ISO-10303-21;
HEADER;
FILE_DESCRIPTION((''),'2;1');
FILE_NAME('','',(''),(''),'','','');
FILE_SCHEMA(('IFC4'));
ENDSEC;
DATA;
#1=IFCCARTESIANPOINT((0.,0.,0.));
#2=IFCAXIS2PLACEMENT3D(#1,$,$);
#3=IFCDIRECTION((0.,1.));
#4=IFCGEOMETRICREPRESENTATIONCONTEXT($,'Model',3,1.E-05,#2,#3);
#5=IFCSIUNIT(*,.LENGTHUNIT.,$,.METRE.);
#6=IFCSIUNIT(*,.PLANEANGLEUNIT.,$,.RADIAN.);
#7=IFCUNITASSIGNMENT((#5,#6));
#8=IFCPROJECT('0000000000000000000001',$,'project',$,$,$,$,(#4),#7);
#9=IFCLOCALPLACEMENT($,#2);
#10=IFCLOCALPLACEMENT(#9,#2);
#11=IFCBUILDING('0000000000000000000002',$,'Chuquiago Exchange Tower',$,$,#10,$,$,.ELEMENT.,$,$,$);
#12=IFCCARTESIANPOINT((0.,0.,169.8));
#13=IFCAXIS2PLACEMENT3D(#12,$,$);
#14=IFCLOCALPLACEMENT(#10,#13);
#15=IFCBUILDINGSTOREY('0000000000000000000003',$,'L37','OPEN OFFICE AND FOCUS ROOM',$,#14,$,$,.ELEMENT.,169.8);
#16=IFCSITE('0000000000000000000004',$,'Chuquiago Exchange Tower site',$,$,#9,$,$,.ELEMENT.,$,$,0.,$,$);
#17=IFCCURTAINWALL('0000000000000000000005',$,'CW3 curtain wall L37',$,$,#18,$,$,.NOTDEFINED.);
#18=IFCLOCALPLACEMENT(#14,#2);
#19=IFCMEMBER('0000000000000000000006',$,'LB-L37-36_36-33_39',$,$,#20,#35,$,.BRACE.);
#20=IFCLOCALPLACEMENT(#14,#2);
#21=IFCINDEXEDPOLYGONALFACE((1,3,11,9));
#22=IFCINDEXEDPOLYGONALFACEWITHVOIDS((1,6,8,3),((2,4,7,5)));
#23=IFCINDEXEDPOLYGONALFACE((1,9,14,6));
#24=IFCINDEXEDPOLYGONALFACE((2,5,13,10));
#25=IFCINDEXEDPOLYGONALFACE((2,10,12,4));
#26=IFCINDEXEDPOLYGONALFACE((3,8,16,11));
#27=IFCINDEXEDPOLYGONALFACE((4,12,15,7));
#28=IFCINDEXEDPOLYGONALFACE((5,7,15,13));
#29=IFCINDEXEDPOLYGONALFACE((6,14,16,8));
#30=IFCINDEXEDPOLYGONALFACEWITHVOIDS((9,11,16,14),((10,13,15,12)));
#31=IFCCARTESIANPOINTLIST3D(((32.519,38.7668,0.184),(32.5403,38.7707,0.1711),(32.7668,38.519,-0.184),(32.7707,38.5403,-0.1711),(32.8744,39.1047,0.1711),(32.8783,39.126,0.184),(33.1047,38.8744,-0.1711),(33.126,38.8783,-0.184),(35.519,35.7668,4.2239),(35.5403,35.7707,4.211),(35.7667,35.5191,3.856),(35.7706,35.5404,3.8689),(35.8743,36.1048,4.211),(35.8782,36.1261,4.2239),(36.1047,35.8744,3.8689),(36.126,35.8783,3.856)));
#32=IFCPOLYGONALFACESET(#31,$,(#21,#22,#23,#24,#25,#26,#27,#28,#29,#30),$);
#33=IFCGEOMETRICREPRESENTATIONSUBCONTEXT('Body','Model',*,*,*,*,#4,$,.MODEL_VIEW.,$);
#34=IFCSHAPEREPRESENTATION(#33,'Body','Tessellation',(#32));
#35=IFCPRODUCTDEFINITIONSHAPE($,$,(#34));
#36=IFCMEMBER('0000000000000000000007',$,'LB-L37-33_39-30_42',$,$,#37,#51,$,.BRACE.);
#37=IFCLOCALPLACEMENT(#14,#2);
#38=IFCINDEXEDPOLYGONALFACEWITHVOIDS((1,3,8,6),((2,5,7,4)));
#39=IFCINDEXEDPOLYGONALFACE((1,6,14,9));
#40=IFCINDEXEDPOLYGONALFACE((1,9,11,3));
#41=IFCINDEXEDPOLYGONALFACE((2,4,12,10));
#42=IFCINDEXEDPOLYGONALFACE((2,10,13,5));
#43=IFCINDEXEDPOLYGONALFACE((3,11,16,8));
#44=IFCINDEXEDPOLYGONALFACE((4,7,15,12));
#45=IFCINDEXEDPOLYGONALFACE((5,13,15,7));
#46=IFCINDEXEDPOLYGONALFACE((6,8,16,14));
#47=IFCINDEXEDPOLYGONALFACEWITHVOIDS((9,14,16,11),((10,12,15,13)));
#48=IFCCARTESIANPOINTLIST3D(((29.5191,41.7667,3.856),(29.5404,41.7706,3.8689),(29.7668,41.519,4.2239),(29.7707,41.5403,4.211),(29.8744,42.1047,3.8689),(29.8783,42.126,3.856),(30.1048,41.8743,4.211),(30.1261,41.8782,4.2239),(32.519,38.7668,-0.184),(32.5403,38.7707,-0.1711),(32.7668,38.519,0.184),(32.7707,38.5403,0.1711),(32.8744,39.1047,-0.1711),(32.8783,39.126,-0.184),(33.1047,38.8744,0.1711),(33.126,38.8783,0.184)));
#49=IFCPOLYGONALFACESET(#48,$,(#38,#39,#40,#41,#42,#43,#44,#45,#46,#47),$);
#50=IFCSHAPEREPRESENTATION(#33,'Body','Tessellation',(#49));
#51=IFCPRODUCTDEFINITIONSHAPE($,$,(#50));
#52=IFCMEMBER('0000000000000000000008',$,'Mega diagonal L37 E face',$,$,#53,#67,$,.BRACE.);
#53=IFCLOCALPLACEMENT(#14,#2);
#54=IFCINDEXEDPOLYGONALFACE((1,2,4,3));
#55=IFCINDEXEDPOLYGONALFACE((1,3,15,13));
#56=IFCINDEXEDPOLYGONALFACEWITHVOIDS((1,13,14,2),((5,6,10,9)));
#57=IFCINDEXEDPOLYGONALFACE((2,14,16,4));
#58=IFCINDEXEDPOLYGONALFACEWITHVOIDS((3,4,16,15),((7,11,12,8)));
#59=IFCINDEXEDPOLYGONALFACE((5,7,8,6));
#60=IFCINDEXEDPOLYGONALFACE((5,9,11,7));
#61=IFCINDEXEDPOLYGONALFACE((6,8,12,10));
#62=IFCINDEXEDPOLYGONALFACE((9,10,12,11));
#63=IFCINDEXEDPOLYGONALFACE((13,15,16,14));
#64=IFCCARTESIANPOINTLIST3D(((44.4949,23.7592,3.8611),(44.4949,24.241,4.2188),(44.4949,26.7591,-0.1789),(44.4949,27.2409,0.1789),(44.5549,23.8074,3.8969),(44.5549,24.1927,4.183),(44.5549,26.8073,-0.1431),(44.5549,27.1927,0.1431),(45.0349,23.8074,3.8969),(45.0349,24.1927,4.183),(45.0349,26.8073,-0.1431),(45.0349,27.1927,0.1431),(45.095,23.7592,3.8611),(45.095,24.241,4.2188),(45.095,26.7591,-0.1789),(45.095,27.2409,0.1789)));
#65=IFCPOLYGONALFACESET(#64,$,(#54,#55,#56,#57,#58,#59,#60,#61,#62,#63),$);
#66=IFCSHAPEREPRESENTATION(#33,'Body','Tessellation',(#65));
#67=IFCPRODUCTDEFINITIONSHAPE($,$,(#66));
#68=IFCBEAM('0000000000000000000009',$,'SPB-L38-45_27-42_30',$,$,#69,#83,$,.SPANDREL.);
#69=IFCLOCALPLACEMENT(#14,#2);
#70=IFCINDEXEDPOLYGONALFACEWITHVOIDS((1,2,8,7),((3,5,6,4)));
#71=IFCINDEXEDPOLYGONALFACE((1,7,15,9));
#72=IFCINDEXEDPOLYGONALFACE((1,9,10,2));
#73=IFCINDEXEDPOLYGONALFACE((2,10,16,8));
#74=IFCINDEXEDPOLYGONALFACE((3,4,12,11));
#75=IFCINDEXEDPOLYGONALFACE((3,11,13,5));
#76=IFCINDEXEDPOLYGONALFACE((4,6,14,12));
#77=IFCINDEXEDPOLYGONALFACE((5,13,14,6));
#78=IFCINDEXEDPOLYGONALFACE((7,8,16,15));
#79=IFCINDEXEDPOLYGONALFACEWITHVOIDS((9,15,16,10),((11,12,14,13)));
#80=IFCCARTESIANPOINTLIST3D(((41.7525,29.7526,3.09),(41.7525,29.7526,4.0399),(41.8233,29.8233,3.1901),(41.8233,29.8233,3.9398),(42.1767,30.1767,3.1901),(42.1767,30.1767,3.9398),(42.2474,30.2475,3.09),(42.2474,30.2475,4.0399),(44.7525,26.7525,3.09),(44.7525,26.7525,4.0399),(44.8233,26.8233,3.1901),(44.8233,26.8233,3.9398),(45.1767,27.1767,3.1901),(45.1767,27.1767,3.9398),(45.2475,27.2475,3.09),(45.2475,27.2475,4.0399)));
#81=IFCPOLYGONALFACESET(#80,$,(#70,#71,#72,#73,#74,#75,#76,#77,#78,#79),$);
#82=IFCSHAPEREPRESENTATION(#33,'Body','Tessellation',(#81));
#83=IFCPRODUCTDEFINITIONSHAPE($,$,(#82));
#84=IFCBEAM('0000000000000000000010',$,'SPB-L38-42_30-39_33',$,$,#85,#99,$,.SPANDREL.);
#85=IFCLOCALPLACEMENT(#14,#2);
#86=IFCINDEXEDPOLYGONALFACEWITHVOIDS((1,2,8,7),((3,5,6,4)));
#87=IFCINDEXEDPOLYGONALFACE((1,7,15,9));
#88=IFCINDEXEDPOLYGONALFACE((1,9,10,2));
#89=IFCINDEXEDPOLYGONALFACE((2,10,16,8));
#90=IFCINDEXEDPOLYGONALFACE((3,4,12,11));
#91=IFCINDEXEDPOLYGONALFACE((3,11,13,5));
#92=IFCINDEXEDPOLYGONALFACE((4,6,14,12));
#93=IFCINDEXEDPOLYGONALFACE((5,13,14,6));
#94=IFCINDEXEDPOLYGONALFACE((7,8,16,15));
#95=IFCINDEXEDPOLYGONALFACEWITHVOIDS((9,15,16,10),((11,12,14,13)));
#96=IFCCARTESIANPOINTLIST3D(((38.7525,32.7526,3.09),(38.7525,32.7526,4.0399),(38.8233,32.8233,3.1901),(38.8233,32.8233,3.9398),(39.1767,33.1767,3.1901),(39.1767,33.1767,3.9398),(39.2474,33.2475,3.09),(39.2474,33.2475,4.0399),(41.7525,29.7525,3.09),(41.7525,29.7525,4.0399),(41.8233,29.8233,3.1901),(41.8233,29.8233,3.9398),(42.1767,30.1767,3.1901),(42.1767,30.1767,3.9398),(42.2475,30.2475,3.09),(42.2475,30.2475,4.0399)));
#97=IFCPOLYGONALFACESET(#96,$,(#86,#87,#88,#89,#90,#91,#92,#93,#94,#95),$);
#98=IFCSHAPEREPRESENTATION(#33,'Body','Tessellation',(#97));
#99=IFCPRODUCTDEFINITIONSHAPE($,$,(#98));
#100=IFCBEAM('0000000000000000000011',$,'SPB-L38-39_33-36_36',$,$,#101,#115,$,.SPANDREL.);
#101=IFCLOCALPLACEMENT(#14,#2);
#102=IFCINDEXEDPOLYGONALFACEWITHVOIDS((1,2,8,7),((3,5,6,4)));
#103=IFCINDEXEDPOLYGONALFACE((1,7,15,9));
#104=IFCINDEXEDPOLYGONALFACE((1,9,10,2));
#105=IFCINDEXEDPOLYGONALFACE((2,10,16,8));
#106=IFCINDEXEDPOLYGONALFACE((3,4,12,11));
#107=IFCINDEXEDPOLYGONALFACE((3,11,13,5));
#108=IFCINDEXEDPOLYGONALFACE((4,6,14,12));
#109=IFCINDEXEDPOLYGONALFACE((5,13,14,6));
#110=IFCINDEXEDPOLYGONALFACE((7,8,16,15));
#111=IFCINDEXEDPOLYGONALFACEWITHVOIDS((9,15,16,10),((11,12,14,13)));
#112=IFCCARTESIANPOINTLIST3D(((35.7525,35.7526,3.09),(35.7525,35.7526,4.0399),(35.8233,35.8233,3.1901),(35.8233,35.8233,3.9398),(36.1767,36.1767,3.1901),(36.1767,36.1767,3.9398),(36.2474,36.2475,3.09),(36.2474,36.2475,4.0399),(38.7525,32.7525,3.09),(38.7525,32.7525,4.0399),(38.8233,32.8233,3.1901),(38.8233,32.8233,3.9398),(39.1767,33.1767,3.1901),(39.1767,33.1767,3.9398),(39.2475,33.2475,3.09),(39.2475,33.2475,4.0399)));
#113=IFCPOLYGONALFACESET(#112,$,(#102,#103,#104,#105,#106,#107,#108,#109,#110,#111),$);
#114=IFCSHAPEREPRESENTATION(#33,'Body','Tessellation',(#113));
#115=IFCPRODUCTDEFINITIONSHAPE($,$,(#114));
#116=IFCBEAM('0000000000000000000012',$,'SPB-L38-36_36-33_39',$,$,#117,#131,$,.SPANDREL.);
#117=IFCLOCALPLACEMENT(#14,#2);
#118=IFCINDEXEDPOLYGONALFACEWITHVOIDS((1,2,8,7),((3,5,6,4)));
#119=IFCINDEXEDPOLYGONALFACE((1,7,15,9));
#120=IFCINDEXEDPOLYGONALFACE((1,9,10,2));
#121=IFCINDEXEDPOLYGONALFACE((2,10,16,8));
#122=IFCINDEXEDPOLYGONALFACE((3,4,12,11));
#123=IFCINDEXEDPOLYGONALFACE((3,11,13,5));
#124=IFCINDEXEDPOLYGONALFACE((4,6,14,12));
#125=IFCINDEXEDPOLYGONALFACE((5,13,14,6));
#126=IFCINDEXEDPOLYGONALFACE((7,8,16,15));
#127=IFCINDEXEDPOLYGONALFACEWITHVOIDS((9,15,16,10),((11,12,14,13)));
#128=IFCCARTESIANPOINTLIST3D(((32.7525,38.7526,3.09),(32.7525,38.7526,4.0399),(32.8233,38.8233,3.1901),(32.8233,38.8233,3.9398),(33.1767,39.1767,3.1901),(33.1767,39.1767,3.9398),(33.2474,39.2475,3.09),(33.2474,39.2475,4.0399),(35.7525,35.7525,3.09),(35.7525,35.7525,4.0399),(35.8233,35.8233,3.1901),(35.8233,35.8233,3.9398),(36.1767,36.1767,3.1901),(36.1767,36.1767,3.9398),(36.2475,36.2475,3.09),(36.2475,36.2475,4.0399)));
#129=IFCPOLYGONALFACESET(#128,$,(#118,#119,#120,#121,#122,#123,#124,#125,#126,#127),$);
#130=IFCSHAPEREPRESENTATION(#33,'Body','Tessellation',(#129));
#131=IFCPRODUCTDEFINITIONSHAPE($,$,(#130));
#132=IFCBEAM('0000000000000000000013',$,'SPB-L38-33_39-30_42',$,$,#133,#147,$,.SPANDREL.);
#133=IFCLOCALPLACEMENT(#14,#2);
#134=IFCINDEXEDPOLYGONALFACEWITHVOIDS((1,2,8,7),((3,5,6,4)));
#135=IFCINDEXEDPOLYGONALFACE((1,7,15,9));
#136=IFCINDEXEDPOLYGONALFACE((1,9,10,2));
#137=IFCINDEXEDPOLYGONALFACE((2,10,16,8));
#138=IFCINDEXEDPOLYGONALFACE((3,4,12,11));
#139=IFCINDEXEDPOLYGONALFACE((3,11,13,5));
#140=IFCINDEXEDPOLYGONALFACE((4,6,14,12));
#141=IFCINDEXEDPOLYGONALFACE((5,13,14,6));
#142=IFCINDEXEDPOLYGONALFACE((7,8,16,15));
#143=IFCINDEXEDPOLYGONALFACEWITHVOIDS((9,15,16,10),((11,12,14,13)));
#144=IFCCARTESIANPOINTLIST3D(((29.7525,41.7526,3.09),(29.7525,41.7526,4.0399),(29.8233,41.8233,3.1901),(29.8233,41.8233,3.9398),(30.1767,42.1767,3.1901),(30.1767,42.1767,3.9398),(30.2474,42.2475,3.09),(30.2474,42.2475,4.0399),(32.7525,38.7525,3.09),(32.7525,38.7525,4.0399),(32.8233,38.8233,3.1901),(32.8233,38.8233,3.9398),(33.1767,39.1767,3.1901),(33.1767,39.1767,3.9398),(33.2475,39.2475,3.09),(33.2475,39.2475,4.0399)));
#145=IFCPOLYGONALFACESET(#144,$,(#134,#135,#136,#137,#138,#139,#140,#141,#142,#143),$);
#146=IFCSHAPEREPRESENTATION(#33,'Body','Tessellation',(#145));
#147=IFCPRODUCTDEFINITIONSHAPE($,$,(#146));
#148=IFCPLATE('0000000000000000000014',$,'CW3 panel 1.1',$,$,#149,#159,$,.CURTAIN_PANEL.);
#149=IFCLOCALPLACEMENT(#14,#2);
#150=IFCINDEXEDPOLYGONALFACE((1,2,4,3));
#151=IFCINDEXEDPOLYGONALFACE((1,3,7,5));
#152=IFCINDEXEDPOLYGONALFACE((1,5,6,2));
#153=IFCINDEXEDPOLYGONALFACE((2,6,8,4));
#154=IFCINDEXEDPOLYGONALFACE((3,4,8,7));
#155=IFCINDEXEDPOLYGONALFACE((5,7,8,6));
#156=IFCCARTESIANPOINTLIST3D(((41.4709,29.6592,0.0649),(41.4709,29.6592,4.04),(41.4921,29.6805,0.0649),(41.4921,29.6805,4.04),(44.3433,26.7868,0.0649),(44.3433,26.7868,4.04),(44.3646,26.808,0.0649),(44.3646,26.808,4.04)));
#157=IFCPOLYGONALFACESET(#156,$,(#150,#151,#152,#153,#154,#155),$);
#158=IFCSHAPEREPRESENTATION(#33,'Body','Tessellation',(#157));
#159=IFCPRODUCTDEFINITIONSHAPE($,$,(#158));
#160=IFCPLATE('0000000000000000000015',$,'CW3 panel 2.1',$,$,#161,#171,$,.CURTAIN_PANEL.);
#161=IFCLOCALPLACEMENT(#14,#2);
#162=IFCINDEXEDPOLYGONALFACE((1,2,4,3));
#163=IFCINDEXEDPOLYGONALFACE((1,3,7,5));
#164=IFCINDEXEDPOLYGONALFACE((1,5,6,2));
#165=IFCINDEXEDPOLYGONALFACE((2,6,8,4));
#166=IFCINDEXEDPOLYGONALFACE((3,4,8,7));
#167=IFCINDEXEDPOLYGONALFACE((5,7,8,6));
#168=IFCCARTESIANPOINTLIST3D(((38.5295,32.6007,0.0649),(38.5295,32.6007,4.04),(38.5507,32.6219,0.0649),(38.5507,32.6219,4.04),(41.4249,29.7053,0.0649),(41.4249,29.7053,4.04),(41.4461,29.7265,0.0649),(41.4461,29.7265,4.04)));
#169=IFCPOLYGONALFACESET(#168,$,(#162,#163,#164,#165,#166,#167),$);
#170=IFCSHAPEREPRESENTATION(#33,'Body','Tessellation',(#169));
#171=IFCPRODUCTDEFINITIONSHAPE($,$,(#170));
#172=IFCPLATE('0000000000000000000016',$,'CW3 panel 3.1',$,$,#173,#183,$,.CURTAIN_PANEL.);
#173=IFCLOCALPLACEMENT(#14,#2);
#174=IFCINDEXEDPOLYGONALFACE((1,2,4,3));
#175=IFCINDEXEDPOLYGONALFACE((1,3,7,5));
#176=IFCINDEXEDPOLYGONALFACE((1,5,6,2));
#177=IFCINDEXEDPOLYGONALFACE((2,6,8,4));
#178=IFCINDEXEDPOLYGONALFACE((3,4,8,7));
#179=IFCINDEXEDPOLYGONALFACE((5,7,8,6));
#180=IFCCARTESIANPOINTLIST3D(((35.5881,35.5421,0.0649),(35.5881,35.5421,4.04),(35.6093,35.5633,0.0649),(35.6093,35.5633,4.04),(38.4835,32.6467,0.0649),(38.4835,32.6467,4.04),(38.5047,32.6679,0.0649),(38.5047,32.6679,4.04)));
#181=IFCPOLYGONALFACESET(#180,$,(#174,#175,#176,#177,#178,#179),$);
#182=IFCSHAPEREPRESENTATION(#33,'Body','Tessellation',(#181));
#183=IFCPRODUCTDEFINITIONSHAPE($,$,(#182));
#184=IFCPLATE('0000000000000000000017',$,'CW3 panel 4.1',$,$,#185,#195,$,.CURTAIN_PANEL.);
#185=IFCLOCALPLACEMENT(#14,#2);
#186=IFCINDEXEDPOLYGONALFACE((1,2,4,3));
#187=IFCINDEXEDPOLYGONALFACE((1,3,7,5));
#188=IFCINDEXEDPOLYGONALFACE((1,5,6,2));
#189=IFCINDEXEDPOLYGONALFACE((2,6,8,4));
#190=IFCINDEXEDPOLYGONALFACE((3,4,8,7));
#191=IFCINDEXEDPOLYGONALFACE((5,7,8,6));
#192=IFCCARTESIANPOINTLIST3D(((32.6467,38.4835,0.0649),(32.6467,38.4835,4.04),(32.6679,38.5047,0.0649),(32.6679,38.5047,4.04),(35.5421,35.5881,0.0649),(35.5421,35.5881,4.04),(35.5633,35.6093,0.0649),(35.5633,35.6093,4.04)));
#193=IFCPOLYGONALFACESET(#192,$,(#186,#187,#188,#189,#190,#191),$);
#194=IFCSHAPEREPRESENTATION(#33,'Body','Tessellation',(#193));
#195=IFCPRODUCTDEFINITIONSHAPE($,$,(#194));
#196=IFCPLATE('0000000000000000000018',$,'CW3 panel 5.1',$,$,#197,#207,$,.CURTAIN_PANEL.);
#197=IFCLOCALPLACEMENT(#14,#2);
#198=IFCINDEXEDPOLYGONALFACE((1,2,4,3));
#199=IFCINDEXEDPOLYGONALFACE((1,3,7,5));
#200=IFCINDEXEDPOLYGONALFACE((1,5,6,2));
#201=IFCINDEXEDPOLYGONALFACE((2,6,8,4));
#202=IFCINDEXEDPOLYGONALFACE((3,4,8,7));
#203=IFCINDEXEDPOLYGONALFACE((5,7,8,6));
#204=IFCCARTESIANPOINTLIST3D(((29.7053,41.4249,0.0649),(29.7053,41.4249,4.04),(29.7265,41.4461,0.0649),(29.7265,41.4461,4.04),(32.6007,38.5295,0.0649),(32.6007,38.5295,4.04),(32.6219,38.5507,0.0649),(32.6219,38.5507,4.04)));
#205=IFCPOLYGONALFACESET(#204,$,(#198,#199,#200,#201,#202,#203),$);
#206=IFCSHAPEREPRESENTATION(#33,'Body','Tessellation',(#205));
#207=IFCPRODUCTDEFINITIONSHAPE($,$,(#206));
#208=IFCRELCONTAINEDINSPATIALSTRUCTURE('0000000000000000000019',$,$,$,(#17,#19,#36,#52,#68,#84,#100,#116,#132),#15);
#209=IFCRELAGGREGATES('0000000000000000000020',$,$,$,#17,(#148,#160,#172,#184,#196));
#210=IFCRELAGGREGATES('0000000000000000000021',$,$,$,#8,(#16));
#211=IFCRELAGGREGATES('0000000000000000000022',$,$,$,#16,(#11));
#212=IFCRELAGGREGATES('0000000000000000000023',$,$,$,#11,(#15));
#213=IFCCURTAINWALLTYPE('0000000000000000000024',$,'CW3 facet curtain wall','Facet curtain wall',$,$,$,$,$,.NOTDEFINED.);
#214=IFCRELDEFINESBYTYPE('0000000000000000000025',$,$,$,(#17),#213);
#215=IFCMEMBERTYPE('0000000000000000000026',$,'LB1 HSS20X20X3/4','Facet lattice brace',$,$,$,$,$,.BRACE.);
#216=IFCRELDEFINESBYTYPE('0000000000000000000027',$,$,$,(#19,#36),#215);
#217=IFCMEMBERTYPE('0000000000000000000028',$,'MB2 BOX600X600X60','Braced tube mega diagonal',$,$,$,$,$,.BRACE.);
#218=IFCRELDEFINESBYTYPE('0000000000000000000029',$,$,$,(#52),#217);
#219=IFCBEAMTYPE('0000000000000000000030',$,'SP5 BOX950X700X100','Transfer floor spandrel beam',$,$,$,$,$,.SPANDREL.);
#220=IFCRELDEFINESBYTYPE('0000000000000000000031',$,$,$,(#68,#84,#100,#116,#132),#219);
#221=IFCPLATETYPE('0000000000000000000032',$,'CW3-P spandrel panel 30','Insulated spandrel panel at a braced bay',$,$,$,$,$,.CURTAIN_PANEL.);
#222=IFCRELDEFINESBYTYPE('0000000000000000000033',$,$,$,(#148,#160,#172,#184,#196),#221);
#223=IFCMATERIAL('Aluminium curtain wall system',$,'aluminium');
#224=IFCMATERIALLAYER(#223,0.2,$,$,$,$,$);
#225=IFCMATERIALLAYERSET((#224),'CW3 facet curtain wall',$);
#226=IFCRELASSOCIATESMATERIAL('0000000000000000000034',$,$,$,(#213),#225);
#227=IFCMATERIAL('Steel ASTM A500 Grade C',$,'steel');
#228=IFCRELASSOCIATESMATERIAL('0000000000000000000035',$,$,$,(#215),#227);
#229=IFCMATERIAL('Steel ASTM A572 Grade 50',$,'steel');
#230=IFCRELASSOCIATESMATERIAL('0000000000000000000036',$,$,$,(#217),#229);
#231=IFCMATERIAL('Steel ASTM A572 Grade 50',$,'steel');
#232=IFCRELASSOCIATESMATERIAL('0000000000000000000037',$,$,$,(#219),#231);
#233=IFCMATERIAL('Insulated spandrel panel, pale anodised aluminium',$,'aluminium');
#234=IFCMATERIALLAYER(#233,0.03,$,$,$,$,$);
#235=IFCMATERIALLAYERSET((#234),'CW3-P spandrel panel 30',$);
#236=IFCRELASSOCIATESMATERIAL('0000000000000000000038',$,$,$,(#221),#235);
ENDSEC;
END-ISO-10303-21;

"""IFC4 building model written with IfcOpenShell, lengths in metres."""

from ifc_helpers import new_model, si_unit, direction, frame, origin, origin_2d, place, context, subcontext, project, spatial, rectangle, hollow_rectangle, extrude, material, layer, layer_set, material_profile, profile_set, type_object, element, aggregate, save


model = new_model("IFC4")

# Units and contexts
model_context = context("Model", 3, precision=1e-05, world=origin(), true_north=direction((0.0, 1.0)))
body_context = subcontext(model_context, "Body", "Model", "MODEL_VIEW")
ifc_project = project(units=[si_unit("LENGTHUNIT", "METRE"), si_unit("PLANEANGLEUNIT", "RADIAN")], contexts=[model_context])

# Site, building, storey
site_placement = place(None, origin())
site = spatial("IfcSite", under=ifc_project, at=site_placement, Name="Chuquiago Exchange Tower site", CompositionType="ELEMENT", RefElevation=0.0)
building_placement = place(site_placement, origin())
building = spatial("IfcBuilding", under=site, at=building_placement, Name="Chuquiago Exchange Tower", CompositionType="ELEMENT")
storey_placement = place(building_placement, frame((0.0, 0.0, 169.8)))
storey = spatial("IfcBuildingStorey", under=building, at=storey_placement, Name="L37", Description="OPEN OFFICE AND FOCUS ROOM", CompositionType="ELEMENT", Elevation=169.8)

# Curtain wall
ifc_material_1 = material(Name="Aluminium curtain wall system", Category="aluminium")
ifc_layer_1 = layer(ifc_material_1, 0.2)
ifc_layer_set_1 = layer_set([ifc_layer_1], Name="CW3 facet curtain wall")
curtain_wall_type = type_object("IfcCurtainWallType", Name="CW3 facet curtain wall", Description="Facet curtain wall", PredefinedType="NOTDEFINED", material=ifc_layer_set_1)
curtain_wall_placement = place(storey_placement, origin())
curtain_wall = element("IfcCurtainWall", 1, at=curtain_wall_placement, inside=storey, type_object=curtain_wall_type, Name="CW3 curtain wall L37", PredefinedType="NOTDEFINED")

# Members
ifc_material_2 = material(Name="Steel ASTM A500 Grade C", Category="steel")
ifc_material_profile_1 = material_profile(ifc_material_2, hollow_rectangle(XDim=0.5081, YDim=0.5081, WallThickness=0.0178, at=origin_2d()), Name="HSS20X20X3/4")
ifc_profile_set_1 = profile_set([ifc_material_profile_1], Name="Steel ASTM A500 Grade C")
member_type_1 = type_object("IfcMemberType", Name="LB1 HSS20X20X3/4", Description="Facet lattice brace", PredefinedType="BRACE", material=ifc_profile_set_1)
for number, where, z_axis, x_axis, name in (
    (2, (32.8225, 38.8225, 0.0), (0.512077, -0.512077, 0.689604), (0.707107, 0.707107, 0.0), "LB-L37-36_36-33_39"),
    (3, (32.8225, 38.8225, 0.0), (-0.512077, 0.512077, 0.689604), (-0.707107, -0.707107, 0.0), "LB-L37-33_39-30_42"),
):
    element("IfcMember", number, at=place(storey_placement, frame(where, z_axis=z_axis, x_axis=x_axis)), inside=storey, type_object=member_type_1, Name=name, PredefinedType="BRACE", context=body_context, shape_type="SweptSolid", body=[
        extrude(hollow_rectangle(XDim=0.5081, YDim=0.5081, WallThickness=0.0178, at=origin_2d()), origin(), (0.0, 0.0, 1.0), 5.8584),
    ])
ifc_material_3 = material(Name="Steel ASTM A572 Grade 50", Category="steel")
ifc_material_profile_2 = material_profile(ifc_material_3, hollow_rectangle(XDim=0.6001, YDim=0.6001, WallThickness=0.0601, at=origin_2d()), Name="BOX600X600X60")
ifc_profile_set_2 = profile_set([ifc_material_profile_2], Name="Steel ASTM A572 Grade 50")
member_type_2 = type_object("IfcMemberType", Name="MB2 BOX600X600X60", Description="Braced tube mega diagonal", PredefinedType="BRACE", material=ifc_profile_set_2)
member_1_placement = place(storey_placement, frame((44.7949, 27.0, 0.0), z_axis=(0.0, -0.596174, 0.802855), x_axis=(1.0, 0.0, 0.0)))
element("IfcMember", 4, at=member_1_placement, inside=storey, type_object=member_type_2, Name="Mega diagonal L37 E face", PredefinedType="BRACE", context=body_context, shape_type="SweptSolid", body=[
    extrude(hollow_rectangle(XDim=0.6001, YDim=0.6001, WallThickness=0.0601, at=origin_2d()), origin(), (0.0, 0.0, 1.0), 5.032),
])

# Beams
ifc_material_4 = material(Name="Steel ASTM A572 Grade 50", Category="steel")
ifc_material_profile_3 = material_profile(ifc_material_4, hollow_rectangle(XDim=0.7, YDim=0.95, WallThickness=0.1001, at=origin_2d()), Name="BOX950X700X100")
ifc_profile_set_3 = profile_set([ifc_material_profile_3], Name="Steel ASTM A572 Grade 50")
beam_type_1 = type_object("IfcBeamType", Name="SP5 BOX950X700X100", Description="Transfer floor spandrel beam", PredefinedType="SPANDREL", material=ifc_profile_set_3)
for number, where, z_axis, x_axis, name in (
    (5, (45.0, 27.0, 3.5649), (-0.707107, 0.707107, 0.0), (-0.707107, -0.707107, 0.0), "SPB-L38-45_27-42_30"),
    (6, (42.0, 30.0, 3.5649), (-0.707107, 0.707107, 0.0), (-0.707107, -0.707107, 0.0), "SPB-L38-42_30-39_33"),
    (7, (39.0, 33.0, 3.5649), (-0.707107, 0.707107, 0.0), (-0.707107, -0.707107, 0.0), "SPB-L38-39_33-36_36"),
    (8, (36.0, 36.0, 3.5649), (-0.707107, 0.707107, 0.0), (-0.707107, -0.707107, 0.0), "SPB-L38-36_36-33_39"),
    (9, (33.0, 39.0, 3.5649), (-0.707107, 0.707107, 0.0), (-0.707107, -0.707107, 0.0), "SPB-L38-33_39-30_42"),
):
    element("IfcBeam", number, at=place(storey_placement, frame(where, z_axis=z_axis, x_axis=x_axis)), inside=storey, type_object=beam_type_1, Name=name, PredefinedType="SPANDREL", context=body_context, shape_type="SweptSolid", body=[
        extrude(hollow_rectangle(XDim=0.7, YDim=0.95, WallThickness=0.1001, at=origin_2d()), origin(), (0.0, 0.0, 1.0), 4.2427),
    ])

# Plates
ifc_material_5 = material(Name="Insulated spandrel panel, pale anodised aluminium", Category="aluminium")
ifc_layer_2 = layer(ifc_material_5, 0.03)
ifc_layer_set_2 = layer_set([ifc_layer_2], Name="CW3-P spandrel panel 30")
plate_type = type_object("IfcPlateType", Name="CW3-P spandrel panel 30", Description="Insulated spandrel panel at a braced bay", PredefinedType="CURTAIN_PANEL", material=ifc_layer_set_2)
plate_1_placement = place(storey_placement, frame((42.9177, 28.2336, 0.0649), z_axis=(0.0, 0.0, 1.0), x_axis=(-0.707107, 0.707107, 0.0)))
plate_1 = element("IfcPlate", 10, at=plate_1_placement, type_object=plate_type, Name="CW3 panel 1.1", PredefinedType="CURTAIN_PANEL", context=body_context, shape_type="SweptSolid", body=[
    extrude(rectangle(XDim=4.0623, YDim=0.03, at=origin_2d()), origin(), (0.0, 0.0, 1.0), 3.9751),
])
plate_2_placement = place(storey_placement, frame((39.9878, 31.1636, 0.0649), z_axis=(0.0, 0.0, 1.0), x_axis=(-0.707107, 0.707107, 0.0)))
plate_2 = element("IfcPlate", 11, at=plate_2_placement, type_object=plate_type, Name="CW3 panel 2.1", PredefinedType="CURTAIN_PANEL", context=body_context, shape_type="SweptSolid", body=[
    extrude(rectangle(XDim=4.0947, YDim=0.03, at=origin_2d()), origin(), (0.0, 0.0, 1.0), 3.9751),
])
plate_3_placement = place(storey_placement, frame((37.0464, 34.105, 0.0649), z_axis=(0.0, 0.0, 1.0), x_axis=(-0.707107, 0.707107, 0.0)))
plate_3 = element("IfcPlate", 12, at=plate_3_placement, type_object=plate_type, Name="CW3 panel 3.1", PredefinedType="CURTAIN_PANEL", context=body_context, shape_type="SweptSolid", body=[
    extrude(rectangle(XDim=4.0947, YDim=0.03, at=origin_2d()), origin(), (0.0, 0.0, 1.0), 3.9751),
])
plate_4_placement = place(storey_placement, frame((34.105, 37.0464, 0.0649), z_axis=(0.0, 0.0, 1.0), x_axis=(-0.707107, 0.707107, 0.0)))
plate_4 = element("IfcPlate", 13, at=plate_4_placement, type_object=plate_type, Name="CW3 panel 4.1", PredefinedType="CURTAIN_PANEL", context=body_context, shape_type="SweptSolid", body=[
    extrude(rectangle(XDim=4.0947, YDim=0.03, at=origin_2d()), origin(), (0.0, 0.0, 1.0), 3.9751),
])
plate_5_placement = place(storey_placement, frame((31.1636, 39.9878, 0.0649), z_axis=(0.0, 0.0, 1.0), x_axis=(-0.707107, 0.707107, 0.0)))
plate_5 = element("IfcPlate", 14, at=plate_5_placement, type_object=plate_type, Name="CW3 panel 5.1", PredefinedType="CURTAIN_PANEL", context=body_context, shape_type="SweptSolid", body=[
    extrude(rectangle(XDim=4.0947, YDim=0.03, at=origin_2d()), origin(), (0.0, 0.0, 1.0), 3.9751),
])
aggregate(curtain_wall, [plate_1, plate_2, plate_3, plate_4, plate_5])

save(model, "model.ifc")
